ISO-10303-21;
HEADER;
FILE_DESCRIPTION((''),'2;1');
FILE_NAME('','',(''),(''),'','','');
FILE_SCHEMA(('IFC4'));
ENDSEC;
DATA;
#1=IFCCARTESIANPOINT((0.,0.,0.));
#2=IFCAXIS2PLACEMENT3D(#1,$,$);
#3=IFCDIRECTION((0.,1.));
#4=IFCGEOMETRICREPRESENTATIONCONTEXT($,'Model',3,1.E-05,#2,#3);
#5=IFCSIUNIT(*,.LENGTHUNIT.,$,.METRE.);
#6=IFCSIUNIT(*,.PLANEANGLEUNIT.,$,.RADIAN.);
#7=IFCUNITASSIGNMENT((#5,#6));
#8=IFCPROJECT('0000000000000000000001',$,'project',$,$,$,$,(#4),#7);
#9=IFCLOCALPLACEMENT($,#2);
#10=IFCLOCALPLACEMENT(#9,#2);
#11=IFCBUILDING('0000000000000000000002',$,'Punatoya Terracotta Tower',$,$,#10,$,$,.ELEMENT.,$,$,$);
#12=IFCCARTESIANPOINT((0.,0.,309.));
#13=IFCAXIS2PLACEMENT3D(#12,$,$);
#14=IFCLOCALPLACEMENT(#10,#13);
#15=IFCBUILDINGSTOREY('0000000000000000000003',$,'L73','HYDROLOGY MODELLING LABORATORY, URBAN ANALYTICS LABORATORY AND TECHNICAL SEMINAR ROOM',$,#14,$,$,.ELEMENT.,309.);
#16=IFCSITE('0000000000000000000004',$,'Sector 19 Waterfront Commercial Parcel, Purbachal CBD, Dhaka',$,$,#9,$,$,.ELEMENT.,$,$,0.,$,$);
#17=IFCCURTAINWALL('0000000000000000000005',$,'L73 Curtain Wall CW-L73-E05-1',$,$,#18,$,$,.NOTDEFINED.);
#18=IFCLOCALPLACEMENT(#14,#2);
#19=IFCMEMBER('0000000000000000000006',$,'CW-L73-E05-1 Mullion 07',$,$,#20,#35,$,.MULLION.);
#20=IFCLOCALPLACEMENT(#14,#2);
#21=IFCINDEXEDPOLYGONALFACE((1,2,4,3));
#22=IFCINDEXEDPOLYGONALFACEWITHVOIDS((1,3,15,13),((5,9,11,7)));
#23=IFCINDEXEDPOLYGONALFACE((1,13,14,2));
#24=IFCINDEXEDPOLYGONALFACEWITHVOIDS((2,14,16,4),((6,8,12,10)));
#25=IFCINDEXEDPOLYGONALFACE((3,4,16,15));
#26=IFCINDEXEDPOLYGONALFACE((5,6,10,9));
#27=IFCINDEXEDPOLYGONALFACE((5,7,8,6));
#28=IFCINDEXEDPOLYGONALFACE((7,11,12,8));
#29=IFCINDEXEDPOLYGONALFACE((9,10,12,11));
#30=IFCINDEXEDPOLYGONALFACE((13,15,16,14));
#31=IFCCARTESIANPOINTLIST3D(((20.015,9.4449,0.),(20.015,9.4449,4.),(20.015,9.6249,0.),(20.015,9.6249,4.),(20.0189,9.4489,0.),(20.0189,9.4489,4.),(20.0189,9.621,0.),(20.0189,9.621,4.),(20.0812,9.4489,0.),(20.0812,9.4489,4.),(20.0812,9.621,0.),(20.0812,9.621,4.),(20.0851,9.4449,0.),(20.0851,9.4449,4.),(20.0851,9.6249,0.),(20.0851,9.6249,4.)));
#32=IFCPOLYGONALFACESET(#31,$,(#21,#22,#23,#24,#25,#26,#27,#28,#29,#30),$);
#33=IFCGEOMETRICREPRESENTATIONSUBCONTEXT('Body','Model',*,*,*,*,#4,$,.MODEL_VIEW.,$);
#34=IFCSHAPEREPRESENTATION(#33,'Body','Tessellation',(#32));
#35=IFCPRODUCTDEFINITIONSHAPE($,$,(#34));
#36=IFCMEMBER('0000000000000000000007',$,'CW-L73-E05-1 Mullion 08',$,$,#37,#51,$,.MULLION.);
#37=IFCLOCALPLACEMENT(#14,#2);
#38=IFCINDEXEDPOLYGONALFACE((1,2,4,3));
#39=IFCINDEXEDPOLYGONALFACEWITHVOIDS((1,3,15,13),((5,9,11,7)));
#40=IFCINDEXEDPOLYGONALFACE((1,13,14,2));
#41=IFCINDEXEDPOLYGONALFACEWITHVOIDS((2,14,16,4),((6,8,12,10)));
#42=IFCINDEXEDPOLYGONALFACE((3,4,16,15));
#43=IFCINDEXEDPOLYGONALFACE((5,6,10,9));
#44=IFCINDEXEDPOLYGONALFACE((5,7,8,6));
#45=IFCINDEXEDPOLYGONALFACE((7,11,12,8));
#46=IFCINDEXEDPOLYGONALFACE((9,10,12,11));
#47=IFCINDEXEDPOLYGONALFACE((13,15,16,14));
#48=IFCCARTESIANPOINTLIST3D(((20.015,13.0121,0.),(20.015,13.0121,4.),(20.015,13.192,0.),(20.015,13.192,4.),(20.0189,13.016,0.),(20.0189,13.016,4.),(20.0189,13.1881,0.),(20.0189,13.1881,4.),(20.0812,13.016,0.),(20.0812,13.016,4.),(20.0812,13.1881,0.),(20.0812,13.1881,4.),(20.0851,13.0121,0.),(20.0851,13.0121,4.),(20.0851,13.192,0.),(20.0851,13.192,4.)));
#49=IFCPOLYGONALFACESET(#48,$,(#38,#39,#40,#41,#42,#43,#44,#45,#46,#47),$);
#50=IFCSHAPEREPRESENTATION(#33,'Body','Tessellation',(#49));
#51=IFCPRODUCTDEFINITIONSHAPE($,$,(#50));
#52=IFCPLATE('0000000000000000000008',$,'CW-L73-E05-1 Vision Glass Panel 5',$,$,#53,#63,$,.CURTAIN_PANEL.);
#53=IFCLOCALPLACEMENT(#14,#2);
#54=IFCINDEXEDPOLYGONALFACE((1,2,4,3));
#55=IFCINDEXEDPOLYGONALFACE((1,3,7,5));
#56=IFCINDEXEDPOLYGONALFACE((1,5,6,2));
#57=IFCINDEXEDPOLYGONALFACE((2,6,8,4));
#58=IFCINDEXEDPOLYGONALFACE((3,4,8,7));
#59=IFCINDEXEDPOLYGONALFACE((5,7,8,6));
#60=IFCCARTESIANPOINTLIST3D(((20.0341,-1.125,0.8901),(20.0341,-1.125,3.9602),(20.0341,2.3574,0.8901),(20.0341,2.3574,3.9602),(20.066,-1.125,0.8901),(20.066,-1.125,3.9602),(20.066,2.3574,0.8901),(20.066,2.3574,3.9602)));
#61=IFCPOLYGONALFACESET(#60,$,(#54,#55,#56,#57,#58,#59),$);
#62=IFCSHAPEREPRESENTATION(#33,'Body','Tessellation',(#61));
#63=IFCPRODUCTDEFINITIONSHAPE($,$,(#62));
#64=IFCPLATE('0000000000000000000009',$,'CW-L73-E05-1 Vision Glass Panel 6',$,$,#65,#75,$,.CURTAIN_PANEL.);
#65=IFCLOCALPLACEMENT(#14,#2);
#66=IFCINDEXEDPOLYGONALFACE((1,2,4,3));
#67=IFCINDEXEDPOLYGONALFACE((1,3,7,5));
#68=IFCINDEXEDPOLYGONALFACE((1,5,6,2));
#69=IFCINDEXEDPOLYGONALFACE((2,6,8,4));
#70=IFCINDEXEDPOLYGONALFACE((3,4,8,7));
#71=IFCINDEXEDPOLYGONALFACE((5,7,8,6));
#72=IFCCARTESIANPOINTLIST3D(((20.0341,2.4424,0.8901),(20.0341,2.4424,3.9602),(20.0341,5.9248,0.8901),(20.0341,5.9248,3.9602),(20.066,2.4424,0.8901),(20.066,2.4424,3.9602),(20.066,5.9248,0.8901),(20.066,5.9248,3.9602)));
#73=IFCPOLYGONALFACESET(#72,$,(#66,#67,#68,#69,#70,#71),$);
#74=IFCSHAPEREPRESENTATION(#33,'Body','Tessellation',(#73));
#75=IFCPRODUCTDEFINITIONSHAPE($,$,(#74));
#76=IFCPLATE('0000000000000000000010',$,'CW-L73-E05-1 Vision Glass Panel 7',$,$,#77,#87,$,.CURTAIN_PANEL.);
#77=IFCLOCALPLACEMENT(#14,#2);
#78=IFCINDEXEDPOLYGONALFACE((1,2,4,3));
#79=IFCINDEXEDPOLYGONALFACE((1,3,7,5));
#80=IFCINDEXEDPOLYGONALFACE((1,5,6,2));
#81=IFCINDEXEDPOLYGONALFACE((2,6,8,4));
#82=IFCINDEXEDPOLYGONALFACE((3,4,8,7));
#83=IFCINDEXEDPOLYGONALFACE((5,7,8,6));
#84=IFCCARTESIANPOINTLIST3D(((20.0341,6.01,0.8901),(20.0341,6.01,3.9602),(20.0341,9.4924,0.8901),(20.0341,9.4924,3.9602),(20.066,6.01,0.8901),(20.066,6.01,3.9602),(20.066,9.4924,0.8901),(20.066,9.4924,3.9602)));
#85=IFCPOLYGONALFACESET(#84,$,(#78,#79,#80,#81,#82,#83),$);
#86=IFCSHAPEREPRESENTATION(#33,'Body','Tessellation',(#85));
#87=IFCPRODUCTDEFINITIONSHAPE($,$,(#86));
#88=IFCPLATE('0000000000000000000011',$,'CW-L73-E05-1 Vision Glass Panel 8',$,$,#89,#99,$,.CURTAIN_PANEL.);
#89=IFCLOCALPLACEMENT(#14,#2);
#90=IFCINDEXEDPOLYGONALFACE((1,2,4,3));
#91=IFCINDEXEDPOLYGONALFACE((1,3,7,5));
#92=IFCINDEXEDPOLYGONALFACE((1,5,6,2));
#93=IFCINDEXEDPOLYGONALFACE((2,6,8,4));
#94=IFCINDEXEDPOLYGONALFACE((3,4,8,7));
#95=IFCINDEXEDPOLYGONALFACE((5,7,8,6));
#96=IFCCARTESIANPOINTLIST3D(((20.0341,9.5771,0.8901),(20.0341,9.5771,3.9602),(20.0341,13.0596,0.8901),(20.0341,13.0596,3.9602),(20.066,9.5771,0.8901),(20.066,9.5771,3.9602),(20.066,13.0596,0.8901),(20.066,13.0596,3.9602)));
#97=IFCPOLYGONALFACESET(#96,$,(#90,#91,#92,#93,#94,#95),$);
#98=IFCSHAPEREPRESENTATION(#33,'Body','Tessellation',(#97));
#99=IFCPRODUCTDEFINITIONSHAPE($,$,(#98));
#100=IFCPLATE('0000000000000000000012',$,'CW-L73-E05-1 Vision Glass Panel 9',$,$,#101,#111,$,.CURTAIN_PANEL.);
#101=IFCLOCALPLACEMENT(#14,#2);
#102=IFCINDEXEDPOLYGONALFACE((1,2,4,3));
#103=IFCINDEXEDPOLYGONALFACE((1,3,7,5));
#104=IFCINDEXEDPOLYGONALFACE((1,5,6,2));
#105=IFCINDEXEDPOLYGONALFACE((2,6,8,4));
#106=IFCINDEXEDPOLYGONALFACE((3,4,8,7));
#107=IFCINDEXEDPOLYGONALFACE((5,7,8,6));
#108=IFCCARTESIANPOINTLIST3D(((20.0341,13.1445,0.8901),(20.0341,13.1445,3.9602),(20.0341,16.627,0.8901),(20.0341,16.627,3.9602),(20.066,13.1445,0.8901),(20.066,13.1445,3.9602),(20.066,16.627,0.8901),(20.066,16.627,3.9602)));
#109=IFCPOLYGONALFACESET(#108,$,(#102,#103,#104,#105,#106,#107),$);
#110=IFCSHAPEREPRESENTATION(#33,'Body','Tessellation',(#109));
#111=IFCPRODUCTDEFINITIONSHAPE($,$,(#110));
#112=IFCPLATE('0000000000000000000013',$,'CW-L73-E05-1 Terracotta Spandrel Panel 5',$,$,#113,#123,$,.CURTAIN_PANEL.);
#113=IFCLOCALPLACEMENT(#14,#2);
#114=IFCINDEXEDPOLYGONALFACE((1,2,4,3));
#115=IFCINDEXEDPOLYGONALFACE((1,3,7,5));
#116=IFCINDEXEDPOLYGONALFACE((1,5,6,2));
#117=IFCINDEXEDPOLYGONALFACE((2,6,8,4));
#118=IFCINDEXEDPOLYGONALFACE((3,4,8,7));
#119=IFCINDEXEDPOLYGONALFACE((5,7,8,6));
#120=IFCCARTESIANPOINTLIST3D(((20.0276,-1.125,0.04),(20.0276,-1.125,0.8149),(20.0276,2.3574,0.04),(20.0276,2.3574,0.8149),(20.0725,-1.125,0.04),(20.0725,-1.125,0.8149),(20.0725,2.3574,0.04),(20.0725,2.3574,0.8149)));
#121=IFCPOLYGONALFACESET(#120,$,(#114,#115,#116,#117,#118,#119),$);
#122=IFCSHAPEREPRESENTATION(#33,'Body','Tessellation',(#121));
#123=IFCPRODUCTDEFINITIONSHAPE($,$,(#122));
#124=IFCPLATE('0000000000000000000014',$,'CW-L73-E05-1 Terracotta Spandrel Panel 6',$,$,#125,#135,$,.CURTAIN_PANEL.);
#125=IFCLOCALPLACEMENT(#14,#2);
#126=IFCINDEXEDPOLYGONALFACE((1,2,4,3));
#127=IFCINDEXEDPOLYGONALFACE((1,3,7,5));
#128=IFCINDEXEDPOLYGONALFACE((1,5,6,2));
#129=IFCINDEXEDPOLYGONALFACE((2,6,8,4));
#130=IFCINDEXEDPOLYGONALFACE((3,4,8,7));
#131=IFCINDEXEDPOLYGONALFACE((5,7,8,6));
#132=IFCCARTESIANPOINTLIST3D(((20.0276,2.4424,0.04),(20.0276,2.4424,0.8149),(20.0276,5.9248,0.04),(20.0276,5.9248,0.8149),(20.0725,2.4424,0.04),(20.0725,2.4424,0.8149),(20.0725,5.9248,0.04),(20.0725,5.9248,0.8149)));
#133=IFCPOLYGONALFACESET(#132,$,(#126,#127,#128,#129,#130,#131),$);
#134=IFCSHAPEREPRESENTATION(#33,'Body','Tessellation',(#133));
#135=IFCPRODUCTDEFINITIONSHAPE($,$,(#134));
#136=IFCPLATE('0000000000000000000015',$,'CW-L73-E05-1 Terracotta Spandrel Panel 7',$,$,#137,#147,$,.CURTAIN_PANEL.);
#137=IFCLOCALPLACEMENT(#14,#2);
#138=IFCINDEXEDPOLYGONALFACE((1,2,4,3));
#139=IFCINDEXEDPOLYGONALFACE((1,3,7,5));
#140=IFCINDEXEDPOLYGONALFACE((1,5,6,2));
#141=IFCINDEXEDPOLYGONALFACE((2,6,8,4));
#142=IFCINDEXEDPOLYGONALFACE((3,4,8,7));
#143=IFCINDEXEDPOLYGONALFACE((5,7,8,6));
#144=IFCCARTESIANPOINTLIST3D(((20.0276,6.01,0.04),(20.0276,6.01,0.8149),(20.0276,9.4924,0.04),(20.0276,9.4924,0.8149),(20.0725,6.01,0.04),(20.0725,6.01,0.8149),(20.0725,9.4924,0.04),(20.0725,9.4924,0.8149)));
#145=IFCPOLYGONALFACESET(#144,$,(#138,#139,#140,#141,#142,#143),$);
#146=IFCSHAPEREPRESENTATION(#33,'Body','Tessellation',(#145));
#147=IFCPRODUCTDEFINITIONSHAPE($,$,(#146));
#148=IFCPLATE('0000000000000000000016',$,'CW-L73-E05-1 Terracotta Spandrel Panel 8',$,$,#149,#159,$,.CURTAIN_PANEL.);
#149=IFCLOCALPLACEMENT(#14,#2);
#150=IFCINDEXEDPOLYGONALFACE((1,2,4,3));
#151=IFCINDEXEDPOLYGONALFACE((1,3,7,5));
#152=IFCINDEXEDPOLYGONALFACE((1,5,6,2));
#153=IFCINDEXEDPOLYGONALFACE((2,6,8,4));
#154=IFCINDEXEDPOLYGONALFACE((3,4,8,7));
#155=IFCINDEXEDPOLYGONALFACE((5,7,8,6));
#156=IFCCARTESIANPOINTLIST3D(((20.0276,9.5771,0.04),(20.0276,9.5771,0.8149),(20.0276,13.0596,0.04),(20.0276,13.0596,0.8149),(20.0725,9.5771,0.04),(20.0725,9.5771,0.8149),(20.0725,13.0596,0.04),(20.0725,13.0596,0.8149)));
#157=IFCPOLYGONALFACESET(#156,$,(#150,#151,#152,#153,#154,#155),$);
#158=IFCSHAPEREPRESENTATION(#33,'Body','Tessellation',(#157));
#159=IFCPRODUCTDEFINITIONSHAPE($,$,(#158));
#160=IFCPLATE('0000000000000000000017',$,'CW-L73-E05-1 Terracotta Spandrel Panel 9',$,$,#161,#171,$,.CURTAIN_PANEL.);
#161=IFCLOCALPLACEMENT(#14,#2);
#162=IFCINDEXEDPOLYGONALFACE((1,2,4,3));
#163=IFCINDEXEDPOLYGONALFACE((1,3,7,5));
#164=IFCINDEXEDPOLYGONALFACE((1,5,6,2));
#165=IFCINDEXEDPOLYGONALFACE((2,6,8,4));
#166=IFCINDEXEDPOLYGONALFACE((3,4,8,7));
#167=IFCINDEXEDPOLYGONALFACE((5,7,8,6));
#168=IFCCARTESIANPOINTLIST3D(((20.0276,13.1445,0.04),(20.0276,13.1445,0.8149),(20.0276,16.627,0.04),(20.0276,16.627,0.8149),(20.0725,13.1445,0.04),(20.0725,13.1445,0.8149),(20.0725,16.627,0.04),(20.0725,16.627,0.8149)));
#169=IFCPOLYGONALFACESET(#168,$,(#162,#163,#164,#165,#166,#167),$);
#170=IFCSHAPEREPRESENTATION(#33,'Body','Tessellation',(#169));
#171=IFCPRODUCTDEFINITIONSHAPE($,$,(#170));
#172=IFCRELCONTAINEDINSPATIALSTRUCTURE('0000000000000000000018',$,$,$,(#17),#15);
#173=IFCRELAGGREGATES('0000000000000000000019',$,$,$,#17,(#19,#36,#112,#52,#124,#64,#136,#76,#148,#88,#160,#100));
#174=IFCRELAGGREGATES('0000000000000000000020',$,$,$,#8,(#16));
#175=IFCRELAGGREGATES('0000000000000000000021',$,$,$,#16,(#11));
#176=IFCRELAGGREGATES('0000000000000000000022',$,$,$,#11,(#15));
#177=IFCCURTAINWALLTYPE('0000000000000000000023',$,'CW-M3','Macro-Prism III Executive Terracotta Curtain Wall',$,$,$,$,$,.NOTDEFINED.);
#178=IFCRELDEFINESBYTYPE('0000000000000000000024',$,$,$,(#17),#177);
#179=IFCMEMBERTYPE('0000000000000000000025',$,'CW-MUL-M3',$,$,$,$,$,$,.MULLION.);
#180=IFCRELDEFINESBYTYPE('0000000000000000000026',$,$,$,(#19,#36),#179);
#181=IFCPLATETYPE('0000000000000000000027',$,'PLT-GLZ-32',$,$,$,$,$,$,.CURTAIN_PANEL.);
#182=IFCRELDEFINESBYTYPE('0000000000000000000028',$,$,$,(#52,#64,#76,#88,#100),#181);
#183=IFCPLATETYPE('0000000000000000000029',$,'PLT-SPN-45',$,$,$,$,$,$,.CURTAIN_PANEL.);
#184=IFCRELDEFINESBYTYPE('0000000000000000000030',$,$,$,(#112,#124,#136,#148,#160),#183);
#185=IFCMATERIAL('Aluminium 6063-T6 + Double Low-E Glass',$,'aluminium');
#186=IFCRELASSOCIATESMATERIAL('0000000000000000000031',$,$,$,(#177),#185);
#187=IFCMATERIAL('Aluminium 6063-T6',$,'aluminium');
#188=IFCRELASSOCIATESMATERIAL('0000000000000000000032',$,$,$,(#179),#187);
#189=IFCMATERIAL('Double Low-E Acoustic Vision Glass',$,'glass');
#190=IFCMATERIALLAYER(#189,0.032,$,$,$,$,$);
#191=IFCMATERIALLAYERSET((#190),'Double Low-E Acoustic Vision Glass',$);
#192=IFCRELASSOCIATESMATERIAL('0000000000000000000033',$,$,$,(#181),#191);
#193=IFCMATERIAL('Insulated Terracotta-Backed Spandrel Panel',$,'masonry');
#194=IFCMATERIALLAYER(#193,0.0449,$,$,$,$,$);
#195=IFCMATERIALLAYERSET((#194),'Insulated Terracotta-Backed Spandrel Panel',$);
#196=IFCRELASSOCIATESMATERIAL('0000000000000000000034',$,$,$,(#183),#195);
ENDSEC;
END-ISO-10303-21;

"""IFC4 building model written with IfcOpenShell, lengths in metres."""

from ifc_helpers import new_model, si_unit, direction, frame, origin, origin_2d, place, context, subcontext, project, spatial, rectangle, hollow_rectangle, extrude, material, layer, layer_set, material_profile, profile_set, type_object, element, aggregate, save


model = new_model("IFC4")

# Units and contexts
model_context = context("Model", 3, precision=1e-05, world=origin(), true_north=direction((0.0, 1.0)))
body_context = subcontext(model_context, "Body", "Model", "MODEL_VIEW")
ifc_project = project(units=[si_unit("LENGTHUNIT", "METRE"), si_unit("PLANEANGLEUNIT", "RADIAN")], contexts=[model_context])

# Site, building, storey
site_placement = place(None, origin())
site = spatial("IfcSite", under=ifc_project, at=site_placement, Name="Sector 19 Waterfront Commercial Parcel, Purbachal CBD, Dhaka", CompositionType="ELEMENT", RefElevation=0.0)
building_placement = place(site_placement, origin())
building = spatial("IfcBuilding", under=site, at=building_placement, Name="Punatoya Terracotta Tower", CompositionType="ELEMENT")
storey_placement = place(building_placement, frame((0.0, 0.0, 309.0)))
storey = spatial("IfcBuildingStorey", under=building, at=storey_placement, Name="L73", Description="HYDROLOGY MODELLING LABORATORY, URBAN ANALYTICS LABORATORY AND TECHNICAL SEMINAR ROOM", CompositionType="ELEMENT", Elevation=309.0)

# Curtain wall, members, plates
ifc_material_1 = material(Name="Aluminium 6063-T6 + Double Low-E Glass", Category="aluminium")
curtain_wall_type = type_object("IfcCurtainWallType", Name="CW-M3", Description="Macro-Prism III Executive Terracotta Curtain Wall", PredefinedType="NOTDEFINED", material=ifc_material_1)
curtain_wall_placement = place(storey_placement, origin())
curtain_wall = element("IfcCurtainWall", 1, at=curtain_wall_placement, inside=storey, type_object=curtain_wall_type, Name="L73 Curtain Wall CW-L73-E05-1", PredefinedType="NOTDEFINED")
ifc_material_2 = material(Name="Aluminium 6063-T6", Category="aluminium")
ifc_material_profile_1 = material_profile(ifc_material_2, hollow_rectangle(XDim=0.0701, YDim=0.1799, WallThickness=0.0039, at=origin_2d()))
ifc_profile_set_1 = profile_set([ifc_material_profile_1], Name="Aluminium 6063-T6")
member_type = type_object("IfcMemberType", Name="CW-MUL-M3", PredefinedType="MULLION", material=ifc_profile_set_1)
member_1_placement = place(storey_placement, frame((20.05, 9.5349, 0.0), z_axis=(0.0, 0.0, 1.0), x_axis=(1.0, 0.0, 0.0)))
member_1 = element("IfcMember", 2, at=member_1_placement, type_object=member_type, Name="CW-L73-E05-1 Mullion 07", PredefinedType="MULLION", context=body_context, shape_type="SweptSolid", body=[
    extrude(hollow_rectangle(XDim=0.0701, YDim=0.1799, WallThickness=0.0039, at=origin_2d()), origin(), (0.0, 0.0, 1.0), 4.0),
])
member_2_placement = place(storey_placement, frame((20.05, 13.1021, 0.0), z_axis=(0.0, 0.0, 1.0), x_axis=(1.0, 0.0, 0.0)))
member_2 = element("IfcMember", 3, at=member_2_placement, type_object=member_type, Name="CW-L73-E05-1 Mullion 08", PredefinedType="MULLION", context=body_context, shape_type="SweptSolid", body=[
    extrude(hollow_rectangle(XDim=0.0701, YDim=0.1799, WallThickness=0.0039, at=origin_2d()), origin(), (0.0, 0.0, 1.0), 4.0),
])
ifc_material_3 = material(Name="Double Low-E Acoustic Vision Glass", Category="glass")
ifc_layer_1 = layer(ifc_material_3, 0.032)
ifc_layer_set_1 = layer_set([ifc_layer_1], Name="Double Low-E Acoustic Vision Glass")
plate_type_1 = type_object("IfcPlateType", Name="PLT-GLZ-32", PredefinedType="CURTAIN_PANEL", material=ifc_layer_set_1)
plate_1_placement = place(storey_placement, frame((20.05, 0.6162, 0.8901), z_axis=(0.0, 0.0, 1.0), x_axis=(0.0, 1.0, 0.0)))
plate_1 = element("IfcPlate", 4, at=plate_1_placement, type_object=plate_type_1, Name="CW-L73-E05-1 Vision Glass Panel 5", PredefinedType="CURTAIN_PANEL", context=body_context, shape_type="SweptSolid", body=[
    extrude(rectangle(XDim=3.4824, YDim=0.032, at=origin_2d()), origin(), (0.0, 0.0, 1.0), 3.0701),
])
plate_2_placement = place(storey_placement, frame((20.05, 4.1836, 0.8901), z_axis=(0.0, 0.0, 1.0), x_axis=(0.0, 1.0, 0.0)))
plate_2 = element("IfcPlate", 5, at=plate_2_placement, type_object=plate_type_1, Name="CW-L73-E05-1 Vision Glass Panel 6", PredefinedType="CURTAIN_PANEL", context=body_context, shape_type="SweptSolid", body=[
    extrude(rectangle(XDim=3.4824, YDim=0.032, at=origin_2d()), origin(), (0.0, 0.0, 1.0), 3.0701),
])
plate_3_placement = place(storey_placement, frame((20.05, 7.7512, 0.8901), z_axis=(0.0, 0.0, 1.0), x_axis=(0.0, 1.0, 0.0)))
plate_3 = element("IfcPlate", 6, at=plate_3_placement, type_object=plate_type_1, Name="CW-L73-E05-1 Vision Glass Panel 7", PredefinedType="CURTAIN_PANEL", context=body_context, shape_type="SweptSolid", body=[
    extrude(rectangle(XDim=3.4824, YDim=0.032, at=origin_2d()), origin(), (0.0, 0.0, 1.0), 3.0701),
])
plate_4_placement = place(storey_placement, frame((20.05, 11.3184, 0.8901), z_axis=(0.0, 0.0, 1.0), x_axis=(0.0, 1.0, 0.0)))
plate_4 = element("IfcPlate", 7, at=plate_4_placement, type_object=plate_type_1, Name="CW-L73-E05-1 Vision Glass Panel 8", PredefinedType="CURTAIN_PANEL", context=body_context, shape_type="SweptSolid", body=[
    extrude(rectangle(XDim=3.4824, YDim=0.032, at=origin_2d()), origin(), (0.0, 0.0, 1.0), 3.0701),
])
plate_5_placement = place(storey_placement, frame((20.05, 14.8857, 0.8901), z_axis=(0.0, 0.0, 1.0), x_axis=(0.0, 1.0, 0.0)))
plate_5 = element("IfcPlate", 8, at=plate_5_placement, type_object=plate_type_1, Name="CW-L73-E05-1 Vision Glass Panel 9", PredefinedType="CURTAIN_PANEL", context=body_context, shape_type="SweptSolid", body=[
    extrude(rectangle(XDim=3.4824, YDim=0.032, at=origin_2d()), origin(), (0.0, 0.0, 1.0), 3.0701),
])
ifc_material_4 = material(Name="Insulated Terracotta-Backed Spandrel Panel", Category="masonry")
ifc_layer_2 = layer(ifc_material_4, 0.0449)
ifc_layer_set_2 = layer_set([ifc_layer_2], Name="Insulated Terracotta-Backed Spandrel Panel")
plate_type_2 = type_object("IfcPlateType", Name="PLT-SPN-45", PredefinedType="CURTAIN_PANEL", material=ifc_layer_set_2)
plate_6_placement = place(storey_placement, frame((20.05, 0.6162, 0.04), z_axis=(0.0, 0.0, 1.0), x_axis=(0.0, 1.0, 0.0)))
plate_6 = element("IfcPlate", 9, at=plate_6_placement, type_object=plate_type_2, Name="CW-L73-E05-1 Terracotta Spandrel Panel 5", PredefinedType="CURTAIN_PANEL", context=body_context, shape_type="SweptSolid", body=[
    extrude(rectangle(XDim=3.4824, YDim=0.0449, at=origin_2d()), origin(), (0.0, 0.0, 1.0), 0.7749),
])
plate_7_placement = place(storey_placement, frame((20.05, 4.1836, 0.04), z_axis=(0.0, 0.0, 1.0), x_axis=(0.0, 1.0, 0.0)))
plate_7 = element("IfcPlate", 10, at=plate_7_placement, type_object=plate_type_2, Name="CW-L73-E05-1 Terracotta Spandrel Panel 6", PredefinedType="CURTAIN_PANEL", context=body_context, shape_type="SweptSolid", body=[
    extrude(rectangle(XDim=3.4824, YDim=0.0449, at=origin_2d()), origin(), (0.0, 0.0, 1.0), 0.7749),
])
plate_8_placement = place(storey_placement, frame((20.05, 7.7512, 0.04), z_axis=(0.0, 0.0, 1.0), x_axis=(0.0, 1.0, 0.0)))
plate_8 = element("IfcPlate", 11, at=plate_8_placement, type_object=plate_type_2, Name="CW-L73-E05-1 Terracotta Spandrel Panel 7", PredefinedType="CURTAIN_PANEL", context=body_context, shape_type="SweptSolid", body=[
    extrude(rectangle(XDim=3.4824, YDim=0.0449, at=origin_2d()), origin(), (0.0, 0.0, 1.0), 0.7749),
])
plate_9_placement = place(storey_placement, frame((20.05, 11.3184, 0.04), z_axis=(0.0, 0.0, 1.0), x_axis=(0.0, 1.0, 0.0)))
plate_9 = element("IfcPlate", 12, at=plate_9_placement, type_object=plate_type_2, Name="CW-L73-E05-1 Terracotta Spandrel Panel 8", PredefinedType="CURTAIN_PANEL", context=body_context, shape_type="SweptSolid", body=[
    extrude(rectangle(XDim=3.4824, YDim=0.0449, at=origin_2d()), origin(), (0.0, 0.0, 1.0), 0.7749),
])
plate_10_placement = place(storey_placement, frame((20.05, 14.8857, 0.04), z_axis=(0.0, 0.0, 1.0), x_axis=(0.0, 1.0, 0.0)))
plate_10 = element("IfcPlate", 13, at=plate_10_placement, type_object=plate_type_2, Name="CW-L73-E05-1 Terracotta Spandrel Panel 9", PredefinedType="CURTAIN_PANEL", context=body_context, shape_type="SweptSolid", body=[
    extrude(rectangle(XDim=3.4824, YDim=0.0449, at=origin_2d()), origin(), (0.0, 0.0, 1.0), 0.7749),
])
aggregate(curtain_wall, [member_1, member_2, plate_6, plate_1, plate_7, plate_2, plate_8, plate_3, plate_9, plate_4, plate_10, plate_5])

save(model, "model.ifc")
